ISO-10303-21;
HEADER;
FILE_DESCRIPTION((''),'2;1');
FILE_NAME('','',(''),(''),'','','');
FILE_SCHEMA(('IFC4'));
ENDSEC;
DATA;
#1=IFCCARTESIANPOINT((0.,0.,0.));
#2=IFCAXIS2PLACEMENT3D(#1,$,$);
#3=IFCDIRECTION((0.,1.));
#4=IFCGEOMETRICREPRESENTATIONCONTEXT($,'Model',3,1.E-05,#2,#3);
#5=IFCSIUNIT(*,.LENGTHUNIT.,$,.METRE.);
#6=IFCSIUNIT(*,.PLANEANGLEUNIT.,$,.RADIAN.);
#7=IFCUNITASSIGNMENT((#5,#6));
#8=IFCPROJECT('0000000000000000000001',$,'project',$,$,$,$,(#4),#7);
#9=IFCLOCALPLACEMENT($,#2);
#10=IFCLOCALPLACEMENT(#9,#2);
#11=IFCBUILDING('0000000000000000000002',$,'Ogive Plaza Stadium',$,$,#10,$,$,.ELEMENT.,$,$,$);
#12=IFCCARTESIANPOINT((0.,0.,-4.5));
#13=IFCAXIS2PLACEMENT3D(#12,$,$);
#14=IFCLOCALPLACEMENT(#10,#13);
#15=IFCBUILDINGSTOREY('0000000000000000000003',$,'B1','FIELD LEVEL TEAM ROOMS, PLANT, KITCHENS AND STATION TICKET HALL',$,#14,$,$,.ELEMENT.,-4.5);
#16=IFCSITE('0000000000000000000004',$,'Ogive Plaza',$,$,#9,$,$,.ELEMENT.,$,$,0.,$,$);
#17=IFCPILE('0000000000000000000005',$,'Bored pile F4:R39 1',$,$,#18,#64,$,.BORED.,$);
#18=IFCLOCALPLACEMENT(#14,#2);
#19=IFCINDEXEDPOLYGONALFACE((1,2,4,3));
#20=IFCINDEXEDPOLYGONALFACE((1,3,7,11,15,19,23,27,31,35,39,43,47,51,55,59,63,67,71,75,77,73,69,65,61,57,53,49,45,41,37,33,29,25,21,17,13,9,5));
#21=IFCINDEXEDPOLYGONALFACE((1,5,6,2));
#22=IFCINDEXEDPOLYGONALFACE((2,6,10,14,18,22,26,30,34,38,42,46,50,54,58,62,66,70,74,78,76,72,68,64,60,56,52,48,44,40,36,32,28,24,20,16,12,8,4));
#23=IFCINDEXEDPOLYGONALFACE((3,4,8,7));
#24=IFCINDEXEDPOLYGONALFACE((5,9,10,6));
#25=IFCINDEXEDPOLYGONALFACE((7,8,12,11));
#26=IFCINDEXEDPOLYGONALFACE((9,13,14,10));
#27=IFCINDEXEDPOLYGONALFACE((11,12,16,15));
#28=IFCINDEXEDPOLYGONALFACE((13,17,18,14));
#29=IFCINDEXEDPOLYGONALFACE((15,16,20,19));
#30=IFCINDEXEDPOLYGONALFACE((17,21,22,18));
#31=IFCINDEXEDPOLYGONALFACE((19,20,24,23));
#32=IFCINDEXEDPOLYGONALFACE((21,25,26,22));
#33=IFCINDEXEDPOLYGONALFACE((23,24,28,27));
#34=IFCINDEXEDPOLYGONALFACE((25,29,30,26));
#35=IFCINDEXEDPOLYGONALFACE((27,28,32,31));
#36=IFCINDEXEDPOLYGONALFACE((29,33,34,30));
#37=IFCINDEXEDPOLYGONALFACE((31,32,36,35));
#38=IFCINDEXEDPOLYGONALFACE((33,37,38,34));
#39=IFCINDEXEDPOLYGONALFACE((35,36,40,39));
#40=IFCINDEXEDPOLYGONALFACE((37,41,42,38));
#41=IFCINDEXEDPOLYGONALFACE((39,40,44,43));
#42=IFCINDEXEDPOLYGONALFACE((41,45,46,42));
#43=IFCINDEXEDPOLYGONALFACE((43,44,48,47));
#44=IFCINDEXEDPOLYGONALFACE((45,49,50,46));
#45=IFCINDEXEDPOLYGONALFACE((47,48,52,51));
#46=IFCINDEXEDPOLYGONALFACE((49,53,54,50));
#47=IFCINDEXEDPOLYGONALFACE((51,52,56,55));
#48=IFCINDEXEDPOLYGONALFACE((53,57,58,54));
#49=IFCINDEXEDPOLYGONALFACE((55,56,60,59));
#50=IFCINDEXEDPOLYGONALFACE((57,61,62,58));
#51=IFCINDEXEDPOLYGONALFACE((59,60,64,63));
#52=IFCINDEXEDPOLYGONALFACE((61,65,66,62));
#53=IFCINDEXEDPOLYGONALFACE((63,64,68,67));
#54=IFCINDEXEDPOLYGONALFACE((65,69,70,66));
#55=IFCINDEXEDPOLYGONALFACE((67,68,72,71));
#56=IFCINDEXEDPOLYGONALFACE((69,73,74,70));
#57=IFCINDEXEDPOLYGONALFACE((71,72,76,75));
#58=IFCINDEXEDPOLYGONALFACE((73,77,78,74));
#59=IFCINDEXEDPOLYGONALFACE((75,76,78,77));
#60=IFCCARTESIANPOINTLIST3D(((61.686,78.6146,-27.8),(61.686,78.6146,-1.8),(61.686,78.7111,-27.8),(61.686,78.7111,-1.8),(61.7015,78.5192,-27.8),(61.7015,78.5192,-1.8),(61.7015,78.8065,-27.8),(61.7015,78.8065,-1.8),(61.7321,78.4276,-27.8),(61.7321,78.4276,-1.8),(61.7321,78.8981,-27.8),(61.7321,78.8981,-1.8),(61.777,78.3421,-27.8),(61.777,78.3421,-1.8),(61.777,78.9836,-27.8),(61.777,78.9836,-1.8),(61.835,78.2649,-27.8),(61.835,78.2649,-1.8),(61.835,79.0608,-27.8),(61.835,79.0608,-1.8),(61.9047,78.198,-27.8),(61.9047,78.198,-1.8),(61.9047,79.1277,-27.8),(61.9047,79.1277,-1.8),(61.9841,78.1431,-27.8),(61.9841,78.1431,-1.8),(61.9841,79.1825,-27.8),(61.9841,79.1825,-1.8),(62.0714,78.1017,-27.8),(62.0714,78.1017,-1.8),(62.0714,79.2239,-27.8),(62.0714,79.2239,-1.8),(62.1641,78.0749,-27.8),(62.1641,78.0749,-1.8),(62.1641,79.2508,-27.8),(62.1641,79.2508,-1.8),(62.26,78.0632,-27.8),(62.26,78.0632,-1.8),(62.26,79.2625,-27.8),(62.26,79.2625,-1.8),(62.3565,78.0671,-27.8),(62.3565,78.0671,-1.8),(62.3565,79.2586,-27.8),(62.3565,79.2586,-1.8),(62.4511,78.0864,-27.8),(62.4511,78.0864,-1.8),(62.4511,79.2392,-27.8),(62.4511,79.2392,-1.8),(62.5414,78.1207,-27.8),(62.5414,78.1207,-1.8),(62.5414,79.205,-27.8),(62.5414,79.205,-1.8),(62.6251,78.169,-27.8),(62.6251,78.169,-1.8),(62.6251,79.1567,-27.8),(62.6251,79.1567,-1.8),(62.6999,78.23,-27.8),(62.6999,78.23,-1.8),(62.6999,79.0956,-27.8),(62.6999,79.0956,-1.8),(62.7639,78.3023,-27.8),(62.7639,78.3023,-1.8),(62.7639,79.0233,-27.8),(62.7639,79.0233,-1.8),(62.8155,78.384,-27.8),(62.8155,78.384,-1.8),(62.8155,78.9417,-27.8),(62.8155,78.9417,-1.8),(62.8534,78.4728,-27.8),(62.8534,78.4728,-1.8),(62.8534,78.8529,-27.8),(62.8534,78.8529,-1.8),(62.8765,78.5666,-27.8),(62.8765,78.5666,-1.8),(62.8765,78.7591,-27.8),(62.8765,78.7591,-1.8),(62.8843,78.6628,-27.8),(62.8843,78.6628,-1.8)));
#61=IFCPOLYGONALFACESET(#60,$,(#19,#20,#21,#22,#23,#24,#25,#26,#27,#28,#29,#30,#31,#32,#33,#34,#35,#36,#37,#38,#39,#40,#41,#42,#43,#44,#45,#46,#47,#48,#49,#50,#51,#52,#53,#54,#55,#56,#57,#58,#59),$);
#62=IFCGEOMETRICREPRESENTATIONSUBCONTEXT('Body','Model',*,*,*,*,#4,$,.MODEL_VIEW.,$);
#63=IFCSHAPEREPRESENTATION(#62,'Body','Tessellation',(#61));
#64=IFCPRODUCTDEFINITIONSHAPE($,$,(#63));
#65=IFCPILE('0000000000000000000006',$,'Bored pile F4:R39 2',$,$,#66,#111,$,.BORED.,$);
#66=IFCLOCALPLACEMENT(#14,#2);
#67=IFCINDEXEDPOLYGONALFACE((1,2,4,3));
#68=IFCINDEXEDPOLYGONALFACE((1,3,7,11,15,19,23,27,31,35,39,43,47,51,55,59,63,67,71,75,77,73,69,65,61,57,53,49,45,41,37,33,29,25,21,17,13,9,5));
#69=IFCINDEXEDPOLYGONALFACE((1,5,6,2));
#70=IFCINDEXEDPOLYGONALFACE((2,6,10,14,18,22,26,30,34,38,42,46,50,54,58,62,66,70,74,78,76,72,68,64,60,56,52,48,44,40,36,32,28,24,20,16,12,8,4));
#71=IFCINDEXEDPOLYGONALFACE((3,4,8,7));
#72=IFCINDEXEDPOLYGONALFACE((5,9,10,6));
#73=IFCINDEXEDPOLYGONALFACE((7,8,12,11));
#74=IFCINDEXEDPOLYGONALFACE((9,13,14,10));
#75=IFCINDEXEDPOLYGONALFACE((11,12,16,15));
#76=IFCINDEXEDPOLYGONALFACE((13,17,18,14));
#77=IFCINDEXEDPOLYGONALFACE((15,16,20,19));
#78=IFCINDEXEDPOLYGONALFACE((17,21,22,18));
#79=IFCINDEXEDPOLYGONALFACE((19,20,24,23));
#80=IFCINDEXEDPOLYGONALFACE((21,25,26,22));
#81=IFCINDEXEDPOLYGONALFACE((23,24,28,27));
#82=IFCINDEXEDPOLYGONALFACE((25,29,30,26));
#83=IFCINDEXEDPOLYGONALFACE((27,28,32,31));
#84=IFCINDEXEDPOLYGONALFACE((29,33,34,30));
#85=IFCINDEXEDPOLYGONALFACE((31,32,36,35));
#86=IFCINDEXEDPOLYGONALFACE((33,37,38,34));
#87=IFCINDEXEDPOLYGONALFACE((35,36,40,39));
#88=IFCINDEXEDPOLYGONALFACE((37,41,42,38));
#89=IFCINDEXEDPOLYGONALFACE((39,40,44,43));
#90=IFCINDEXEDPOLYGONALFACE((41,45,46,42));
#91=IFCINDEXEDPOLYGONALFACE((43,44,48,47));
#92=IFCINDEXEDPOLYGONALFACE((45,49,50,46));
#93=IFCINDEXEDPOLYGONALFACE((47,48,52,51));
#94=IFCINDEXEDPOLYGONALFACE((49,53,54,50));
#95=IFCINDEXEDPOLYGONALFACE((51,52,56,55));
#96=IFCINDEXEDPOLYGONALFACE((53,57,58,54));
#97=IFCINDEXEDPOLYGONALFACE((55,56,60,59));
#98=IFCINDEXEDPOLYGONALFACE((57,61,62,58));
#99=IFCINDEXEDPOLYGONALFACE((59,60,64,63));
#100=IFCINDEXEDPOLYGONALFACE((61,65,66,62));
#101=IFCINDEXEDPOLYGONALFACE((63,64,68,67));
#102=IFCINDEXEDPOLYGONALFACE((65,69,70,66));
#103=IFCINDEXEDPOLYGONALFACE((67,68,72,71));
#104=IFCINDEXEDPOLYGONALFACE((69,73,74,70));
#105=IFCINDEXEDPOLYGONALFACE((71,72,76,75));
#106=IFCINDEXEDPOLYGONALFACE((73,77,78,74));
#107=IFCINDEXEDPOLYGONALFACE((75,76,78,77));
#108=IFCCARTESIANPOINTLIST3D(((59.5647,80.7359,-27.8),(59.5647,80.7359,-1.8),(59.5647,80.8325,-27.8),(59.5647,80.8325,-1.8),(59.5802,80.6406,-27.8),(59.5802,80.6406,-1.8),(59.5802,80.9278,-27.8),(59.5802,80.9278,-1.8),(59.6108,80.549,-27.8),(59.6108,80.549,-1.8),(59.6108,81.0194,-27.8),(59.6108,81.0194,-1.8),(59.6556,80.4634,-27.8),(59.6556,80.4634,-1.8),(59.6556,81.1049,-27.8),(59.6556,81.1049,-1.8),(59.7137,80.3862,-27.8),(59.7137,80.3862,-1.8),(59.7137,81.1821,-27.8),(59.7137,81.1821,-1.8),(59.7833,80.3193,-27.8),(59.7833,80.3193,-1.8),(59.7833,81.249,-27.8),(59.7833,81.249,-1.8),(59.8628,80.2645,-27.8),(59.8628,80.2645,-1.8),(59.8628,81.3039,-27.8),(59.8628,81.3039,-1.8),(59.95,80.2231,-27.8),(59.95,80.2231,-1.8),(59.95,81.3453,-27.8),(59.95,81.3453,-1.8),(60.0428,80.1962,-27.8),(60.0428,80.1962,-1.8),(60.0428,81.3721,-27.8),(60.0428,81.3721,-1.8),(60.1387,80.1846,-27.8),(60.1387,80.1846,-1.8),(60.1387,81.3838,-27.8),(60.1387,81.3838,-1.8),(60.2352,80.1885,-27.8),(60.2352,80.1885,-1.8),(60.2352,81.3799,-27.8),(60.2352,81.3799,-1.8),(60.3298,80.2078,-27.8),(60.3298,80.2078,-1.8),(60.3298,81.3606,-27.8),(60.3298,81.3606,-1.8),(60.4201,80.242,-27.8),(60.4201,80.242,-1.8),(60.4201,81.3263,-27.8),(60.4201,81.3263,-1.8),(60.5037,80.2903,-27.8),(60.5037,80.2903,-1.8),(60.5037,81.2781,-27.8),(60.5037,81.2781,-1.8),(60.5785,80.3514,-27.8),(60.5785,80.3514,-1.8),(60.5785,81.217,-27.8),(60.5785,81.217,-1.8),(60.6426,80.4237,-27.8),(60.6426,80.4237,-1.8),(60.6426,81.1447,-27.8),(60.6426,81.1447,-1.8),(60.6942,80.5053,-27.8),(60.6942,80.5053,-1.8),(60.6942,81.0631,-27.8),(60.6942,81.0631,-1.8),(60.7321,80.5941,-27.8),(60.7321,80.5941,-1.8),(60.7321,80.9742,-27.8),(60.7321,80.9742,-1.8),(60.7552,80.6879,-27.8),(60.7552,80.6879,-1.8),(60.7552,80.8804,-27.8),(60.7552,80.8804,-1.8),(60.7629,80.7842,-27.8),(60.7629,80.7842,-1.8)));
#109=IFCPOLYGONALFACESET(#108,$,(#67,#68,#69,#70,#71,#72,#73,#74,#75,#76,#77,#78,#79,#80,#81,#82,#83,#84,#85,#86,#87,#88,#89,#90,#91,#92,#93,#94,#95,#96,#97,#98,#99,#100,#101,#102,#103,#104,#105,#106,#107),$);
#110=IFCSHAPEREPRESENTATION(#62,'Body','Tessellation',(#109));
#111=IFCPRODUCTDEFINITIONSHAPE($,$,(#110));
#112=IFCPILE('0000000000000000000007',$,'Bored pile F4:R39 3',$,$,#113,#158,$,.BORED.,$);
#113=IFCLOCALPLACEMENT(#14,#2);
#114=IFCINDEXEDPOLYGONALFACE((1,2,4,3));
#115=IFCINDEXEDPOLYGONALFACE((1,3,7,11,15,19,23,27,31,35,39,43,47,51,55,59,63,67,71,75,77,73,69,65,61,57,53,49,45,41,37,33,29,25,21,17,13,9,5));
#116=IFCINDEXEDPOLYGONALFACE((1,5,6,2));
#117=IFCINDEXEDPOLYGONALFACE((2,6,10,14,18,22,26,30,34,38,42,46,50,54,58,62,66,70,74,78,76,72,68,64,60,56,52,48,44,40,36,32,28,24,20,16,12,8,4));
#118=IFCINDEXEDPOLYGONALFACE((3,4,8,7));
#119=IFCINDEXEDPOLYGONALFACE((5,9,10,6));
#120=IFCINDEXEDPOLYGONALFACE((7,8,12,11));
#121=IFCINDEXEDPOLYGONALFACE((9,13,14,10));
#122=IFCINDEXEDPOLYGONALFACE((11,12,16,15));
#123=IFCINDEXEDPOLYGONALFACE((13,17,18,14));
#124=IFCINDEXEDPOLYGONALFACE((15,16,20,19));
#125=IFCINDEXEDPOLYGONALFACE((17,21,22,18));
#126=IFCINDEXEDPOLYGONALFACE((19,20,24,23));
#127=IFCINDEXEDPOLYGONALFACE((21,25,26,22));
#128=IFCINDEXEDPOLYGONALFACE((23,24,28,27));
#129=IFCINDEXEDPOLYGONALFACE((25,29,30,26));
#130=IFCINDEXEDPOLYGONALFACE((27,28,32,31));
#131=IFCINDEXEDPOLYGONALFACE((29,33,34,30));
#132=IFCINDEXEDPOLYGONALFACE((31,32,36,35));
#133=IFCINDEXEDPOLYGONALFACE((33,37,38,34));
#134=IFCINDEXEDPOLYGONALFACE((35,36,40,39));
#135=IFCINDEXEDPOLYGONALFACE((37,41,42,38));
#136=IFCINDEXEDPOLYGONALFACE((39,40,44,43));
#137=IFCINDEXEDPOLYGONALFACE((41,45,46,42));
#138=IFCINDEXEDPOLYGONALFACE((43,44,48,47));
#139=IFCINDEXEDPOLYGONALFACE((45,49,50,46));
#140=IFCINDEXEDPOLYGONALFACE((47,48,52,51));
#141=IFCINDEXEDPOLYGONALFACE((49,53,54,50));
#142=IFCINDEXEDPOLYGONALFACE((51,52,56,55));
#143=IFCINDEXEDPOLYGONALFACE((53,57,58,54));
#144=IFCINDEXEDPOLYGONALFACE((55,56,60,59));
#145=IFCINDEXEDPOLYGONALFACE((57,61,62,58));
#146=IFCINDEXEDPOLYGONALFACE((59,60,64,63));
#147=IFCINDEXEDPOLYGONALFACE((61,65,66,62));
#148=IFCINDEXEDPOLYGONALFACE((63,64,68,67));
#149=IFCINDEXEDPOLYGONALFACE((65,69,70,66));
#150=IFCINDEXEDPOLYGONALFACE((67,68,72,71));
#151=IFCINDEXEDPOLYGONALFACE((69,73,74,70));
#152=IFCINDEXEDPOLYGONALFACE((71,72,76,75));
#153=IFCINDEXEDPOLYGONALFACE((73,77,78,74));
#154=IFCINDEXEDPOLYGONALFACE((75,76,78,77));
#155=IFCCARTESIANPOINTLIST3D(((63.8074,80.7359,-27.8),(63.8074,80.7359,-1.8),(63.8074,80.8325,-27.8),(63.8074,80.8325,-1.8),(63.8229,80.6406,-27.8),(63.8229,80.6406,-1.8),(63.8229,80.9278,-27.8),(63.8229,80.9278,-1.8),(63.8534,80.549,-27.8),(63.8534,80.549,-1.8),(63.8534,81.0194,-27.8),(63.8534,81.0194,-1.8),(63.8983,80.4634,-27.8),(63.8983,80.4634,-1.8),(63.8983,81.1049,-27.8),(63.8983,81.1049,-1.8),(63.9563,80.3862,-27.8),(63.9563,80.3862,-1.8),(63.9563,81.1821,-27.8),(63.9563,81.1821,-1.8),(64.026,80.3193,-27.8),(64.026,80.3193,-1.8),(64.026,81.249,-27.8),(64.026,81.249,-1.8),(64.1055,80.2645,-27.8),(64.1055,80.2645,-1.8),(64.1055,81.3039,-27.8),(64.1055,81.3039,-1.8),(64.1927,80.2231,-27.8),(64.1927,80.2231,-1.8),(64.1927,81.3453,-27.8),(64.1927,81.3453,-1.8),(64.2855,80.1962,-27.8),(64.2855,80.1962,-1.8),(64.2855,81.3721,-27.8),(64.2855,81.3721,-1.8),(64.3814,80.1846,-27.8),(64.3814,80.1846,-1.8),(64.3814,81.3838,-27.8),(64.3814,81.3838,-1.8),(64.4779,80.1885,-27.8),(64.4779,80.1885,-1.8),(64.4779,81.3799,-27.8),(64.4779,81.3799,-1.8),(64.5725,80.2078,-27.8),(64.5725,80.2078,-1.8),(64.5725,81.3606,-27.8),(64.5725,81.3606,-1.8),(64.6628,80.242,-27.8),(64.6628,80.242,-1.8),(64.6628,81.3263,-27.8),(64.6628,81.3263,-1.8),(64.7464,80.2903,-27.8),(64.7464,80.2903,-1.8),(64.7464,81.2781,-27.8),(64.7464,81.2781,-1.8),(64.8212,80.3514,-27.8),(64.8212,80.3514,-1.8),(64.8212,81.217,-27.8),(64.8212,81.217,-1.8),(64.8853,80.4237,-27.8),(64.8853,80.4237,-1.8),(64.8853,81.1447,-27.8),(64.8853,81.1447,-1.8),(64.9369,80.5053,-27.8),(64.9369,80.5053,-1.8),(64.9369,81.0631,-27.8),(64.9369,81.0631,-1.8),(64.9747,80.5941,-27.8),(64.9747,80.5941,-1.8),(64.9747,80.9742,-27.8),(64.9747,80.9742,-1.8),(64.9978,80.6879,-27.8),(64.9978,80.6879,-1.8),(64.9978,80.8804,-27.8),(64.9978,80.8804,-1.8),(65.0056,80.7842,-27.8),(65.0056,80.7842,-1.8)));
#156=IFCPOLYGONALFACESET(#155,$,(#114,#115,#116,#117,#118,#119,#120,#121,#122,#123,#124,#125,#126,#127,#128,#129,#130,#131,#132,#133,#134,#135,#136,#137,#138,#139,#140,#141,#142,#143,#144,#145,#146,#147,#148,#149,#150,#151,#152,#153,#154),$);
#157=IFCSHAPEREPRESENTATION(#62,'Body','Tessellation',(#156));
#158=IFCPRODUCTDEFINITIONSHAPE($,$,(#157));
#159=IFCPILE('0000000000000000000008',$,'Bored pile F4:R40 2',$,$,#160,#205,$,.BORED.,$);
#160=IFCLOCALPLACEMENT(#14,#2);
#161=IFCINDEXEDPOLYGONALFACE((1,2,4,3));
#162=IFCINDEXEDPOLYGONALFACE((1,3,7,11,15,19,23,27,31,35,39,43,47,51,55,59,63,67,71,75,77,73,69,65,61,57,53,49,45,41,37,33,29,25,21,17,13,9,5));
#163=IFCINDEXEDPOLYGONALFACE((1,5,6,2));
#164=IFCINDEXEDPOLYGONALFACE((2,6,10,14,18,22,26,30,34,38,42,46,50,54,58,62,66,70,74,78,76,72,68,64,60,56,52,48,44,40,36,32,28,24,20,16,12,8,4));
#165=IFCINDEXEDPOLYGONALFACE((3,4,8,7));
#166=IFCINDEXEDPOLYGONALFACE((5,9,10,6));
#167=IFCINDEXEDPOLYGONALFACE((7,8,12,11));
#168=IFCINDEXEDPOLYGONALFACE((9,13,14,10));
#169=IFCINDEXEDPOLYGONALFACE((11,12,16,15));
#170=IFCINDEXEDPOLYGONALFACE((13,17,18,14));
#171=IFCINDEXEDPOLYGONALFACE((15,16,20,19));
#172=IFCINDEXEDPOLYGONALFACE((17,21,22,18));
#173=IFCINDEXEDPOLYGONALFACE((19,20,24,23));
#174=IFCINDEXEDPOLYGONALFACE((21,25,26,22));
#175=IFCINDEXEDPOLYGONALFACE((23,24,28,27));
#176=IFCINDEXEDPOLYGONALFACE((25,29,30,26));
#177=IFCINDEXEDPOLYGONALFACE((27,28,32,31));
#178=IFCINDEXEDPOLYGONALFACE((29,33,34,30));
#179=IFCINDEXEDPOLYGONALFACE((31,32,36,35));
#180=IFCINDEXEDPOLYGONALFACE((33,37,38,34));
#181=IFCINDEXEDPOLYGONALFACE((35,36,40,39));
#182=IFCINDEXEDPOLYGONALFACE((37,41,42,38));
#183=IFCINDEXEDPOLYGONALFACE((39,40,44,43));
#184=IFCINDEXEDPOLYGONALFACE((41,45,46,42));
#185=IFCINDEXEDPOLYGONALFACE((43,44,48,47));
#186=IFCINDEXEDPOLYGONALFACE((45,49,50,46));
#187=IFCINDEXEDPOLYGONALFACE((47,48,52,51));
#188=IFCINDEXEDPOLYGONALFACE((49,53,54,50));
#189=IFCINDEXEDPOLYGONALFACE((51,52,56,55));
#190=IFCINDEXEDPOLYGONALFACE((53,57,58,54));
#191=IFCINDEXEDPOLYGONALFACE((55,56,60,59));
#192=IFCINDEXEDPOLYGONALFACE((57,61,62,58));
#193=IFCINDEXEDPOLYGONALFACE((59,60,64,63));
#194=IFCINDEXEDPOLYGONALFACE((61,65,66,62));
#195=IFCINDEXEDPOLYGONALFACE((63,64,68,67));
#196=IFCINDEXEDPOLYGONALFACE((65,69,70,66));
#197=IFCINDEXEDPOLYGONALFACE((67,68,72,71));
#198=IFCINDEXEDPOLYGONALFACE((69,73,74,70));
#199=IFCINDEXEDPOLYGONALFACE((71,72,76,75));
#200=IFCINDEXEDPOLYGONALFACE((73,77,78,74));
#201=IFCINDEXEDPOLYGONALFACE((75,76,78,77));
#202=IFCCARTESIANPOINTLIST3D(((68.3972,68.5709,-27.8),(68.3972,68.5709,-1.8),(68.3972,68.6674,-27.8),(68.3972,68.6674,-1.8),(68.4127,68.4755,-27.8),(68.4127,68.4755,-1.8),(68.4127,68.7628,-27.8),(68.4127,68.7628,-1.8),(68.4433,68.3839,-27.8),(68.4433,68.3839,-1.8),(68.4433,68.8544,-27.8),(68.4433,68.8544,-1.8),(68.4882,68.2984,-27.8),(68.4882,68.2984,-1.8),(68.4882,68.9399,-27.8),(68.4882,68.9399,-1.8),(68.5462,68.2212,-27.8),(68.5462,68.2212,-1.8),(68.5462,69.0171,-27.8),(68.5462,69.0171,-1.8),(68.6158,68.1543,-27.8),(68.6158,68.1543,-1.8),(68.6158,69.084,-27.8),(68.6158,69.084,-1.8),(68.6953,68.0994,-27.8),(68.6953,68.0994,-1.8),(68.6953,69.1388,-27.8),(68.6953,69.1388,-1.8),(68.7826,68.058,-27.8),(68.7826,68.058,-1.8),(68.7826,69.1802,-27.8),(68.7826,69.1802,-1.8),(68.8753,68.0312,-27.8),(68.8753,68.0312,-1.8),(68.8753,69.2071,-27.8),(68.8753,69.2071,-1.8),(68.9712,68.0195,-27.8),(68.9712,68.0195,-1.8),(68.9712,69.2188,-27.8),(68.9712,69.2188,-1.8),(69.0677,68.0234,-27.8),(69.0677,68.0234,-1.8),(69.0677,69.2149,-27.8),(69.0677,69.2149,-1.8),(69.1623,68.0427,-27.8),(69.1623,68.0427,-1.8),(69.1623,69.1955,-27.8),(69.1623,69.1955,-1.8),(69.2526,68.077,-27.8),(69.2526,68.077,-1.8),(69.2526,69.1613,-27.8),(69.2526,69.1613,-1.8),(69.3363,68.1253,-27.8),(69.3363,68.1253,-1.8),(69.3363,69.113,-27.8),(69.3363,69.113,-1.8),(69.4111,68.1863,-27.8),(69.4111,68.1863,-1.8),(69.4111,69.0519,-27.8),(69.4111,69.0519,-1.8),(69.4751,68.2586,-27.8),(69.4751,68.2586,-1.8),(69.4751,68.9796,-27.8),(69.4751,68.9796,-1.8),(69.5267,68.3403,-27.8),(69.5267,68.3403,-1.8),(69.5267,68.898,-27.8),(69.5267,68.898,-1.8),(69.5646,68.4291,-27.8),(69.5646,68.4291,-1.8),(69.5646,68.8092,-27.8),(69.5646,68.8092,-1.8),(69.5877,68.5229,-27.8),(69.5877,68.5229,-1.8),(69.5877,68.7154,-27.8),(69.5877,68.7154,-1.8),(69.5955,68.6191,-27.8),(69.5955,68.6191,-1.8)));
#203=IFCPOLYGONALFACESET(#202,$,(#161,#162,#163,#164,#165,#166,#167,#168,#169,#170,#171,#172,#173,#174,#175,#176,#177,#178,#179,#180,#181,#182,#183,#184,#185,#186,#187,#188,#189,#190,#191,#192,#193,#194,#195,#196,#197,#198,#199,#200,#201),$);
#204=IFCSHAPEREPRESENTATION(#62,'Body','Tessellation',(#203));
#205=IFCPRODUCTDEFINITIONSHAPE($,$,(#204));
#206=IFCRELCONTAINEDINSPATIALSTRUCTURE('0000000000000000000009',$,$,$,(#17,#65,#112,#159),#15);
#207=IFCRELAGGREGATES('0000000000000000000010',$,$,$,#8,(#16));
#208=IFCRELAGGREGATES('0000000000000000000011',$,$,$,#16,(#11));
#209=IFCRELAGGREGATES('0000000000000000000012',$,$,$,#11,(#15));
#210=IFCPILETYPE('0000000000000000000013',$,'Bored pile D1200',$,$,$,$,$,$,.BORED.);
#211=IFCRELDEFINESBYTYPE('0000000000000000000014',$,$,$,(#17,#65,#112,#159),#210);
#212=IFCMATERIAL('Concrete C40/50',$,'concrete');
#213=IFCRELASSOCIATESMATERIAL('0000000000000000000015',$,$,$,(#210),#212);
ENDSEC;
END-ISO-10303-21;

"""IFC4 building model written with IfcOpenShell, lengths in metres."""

from ifc_helpers import new_model, si_unit, direction, frame, origin, origin_2d, place, context, subcontext, project, spatial, circle, extrude, material, material_profile, profile_set, type_object, element, save


model = new_model("IFC4")

# Units and contexts
model_context = context("Model", 3, precision=1e-05, world=origin(), true_north=direction((0.0, 1.0)))
body_context = subcontext(model_context, "Body", "Model", "MODEL_VIEW")
ifc_project = project(units=[si_unit("LENGTHUNIT", "METRE"), si_unit("PLANEANGLEUNIT", "RADIAN")], contexts=[model_context])

# Site, building, storey
site_placement = place(None, origin())
site = spatial("IfcSite", under=ifc_project, at=site_placement, Name="Ogive Plaza", CompositionType="ELEMENT", RefElevation=0.0)
building_placement = place(site_placement, origin())
building = spatial("IfcBuilding", under=site, at=building_placement, Name="Ogive Plaza Stadium", CompositionType="ELEMENT")
storey_placement = place(building_placement, frame((0.0, 0.0, -4.5)))
storey = spatial("IfcBuildingStorey", under=building, at=storey_placement, Name="B1", Description="FIELD LEVEL TEAM ROOMS, PLANT, KITCHENS AND STATION TICKET HALL", CompositionType="ELEMENT", Elevation=-4.5)

# Piles
ifc_material_1 = material(Name="Concrete C40/50", Category="concrete")
ifc_material_profile_1 = material_profile(ifc_material_1, circle(Radius=0.6001, at=origin_2d()), Name="RC D1200")
ifc_profile_set_1 = profile_set([ifc_material_profile_1], Name="Concrete C40/50")
pile_type_1 = type_object("IfcPileType", Name="Bored pile D1200", PredefinedType="BORED", material=ifc_profile_set_1)
for number, where, z_axis, x_axis, name in (
    (1, (62.2842, 78.6628, -1.8), (0.0, 0.0, -1.0), (1.0, 0.0, 0.0), "Bored pile F4:R39 1"),
    (2, (60.1628, 80.7842, -1.8), (0.0, 0.0, -1.0), (1.0, 0.0, 0.0), "Bored pile F4:R39 2"),
    (3, (64.4055, 80.7842, -1.8), (0.0, 0.0, -1.0), (1.0, 0.0, 0.0), "Bored pile F4:R39 3"),
    (4, (68.9954, 68.6191, -1.8), (0.0, 0.0, -1.0), (1.0, 0.0, 0.0), "Bored pile F4:R40 2"),
):
    element("IfcPile", number, at=place(storey_placement, frame(where, z_axis=z_axis, x_axis=x_axis)), inside=storey, type_object=pile_type_1, Name=name, PredefinedType="BORED", context=body_context, shape_type="SweptSolid", body=[
        extrude(circle(Radius=0.6001, at=origin_2d()), origin(), (0.0, 0.0, 1.0), 26.0),
    ])

save(model, "model.ifc")
